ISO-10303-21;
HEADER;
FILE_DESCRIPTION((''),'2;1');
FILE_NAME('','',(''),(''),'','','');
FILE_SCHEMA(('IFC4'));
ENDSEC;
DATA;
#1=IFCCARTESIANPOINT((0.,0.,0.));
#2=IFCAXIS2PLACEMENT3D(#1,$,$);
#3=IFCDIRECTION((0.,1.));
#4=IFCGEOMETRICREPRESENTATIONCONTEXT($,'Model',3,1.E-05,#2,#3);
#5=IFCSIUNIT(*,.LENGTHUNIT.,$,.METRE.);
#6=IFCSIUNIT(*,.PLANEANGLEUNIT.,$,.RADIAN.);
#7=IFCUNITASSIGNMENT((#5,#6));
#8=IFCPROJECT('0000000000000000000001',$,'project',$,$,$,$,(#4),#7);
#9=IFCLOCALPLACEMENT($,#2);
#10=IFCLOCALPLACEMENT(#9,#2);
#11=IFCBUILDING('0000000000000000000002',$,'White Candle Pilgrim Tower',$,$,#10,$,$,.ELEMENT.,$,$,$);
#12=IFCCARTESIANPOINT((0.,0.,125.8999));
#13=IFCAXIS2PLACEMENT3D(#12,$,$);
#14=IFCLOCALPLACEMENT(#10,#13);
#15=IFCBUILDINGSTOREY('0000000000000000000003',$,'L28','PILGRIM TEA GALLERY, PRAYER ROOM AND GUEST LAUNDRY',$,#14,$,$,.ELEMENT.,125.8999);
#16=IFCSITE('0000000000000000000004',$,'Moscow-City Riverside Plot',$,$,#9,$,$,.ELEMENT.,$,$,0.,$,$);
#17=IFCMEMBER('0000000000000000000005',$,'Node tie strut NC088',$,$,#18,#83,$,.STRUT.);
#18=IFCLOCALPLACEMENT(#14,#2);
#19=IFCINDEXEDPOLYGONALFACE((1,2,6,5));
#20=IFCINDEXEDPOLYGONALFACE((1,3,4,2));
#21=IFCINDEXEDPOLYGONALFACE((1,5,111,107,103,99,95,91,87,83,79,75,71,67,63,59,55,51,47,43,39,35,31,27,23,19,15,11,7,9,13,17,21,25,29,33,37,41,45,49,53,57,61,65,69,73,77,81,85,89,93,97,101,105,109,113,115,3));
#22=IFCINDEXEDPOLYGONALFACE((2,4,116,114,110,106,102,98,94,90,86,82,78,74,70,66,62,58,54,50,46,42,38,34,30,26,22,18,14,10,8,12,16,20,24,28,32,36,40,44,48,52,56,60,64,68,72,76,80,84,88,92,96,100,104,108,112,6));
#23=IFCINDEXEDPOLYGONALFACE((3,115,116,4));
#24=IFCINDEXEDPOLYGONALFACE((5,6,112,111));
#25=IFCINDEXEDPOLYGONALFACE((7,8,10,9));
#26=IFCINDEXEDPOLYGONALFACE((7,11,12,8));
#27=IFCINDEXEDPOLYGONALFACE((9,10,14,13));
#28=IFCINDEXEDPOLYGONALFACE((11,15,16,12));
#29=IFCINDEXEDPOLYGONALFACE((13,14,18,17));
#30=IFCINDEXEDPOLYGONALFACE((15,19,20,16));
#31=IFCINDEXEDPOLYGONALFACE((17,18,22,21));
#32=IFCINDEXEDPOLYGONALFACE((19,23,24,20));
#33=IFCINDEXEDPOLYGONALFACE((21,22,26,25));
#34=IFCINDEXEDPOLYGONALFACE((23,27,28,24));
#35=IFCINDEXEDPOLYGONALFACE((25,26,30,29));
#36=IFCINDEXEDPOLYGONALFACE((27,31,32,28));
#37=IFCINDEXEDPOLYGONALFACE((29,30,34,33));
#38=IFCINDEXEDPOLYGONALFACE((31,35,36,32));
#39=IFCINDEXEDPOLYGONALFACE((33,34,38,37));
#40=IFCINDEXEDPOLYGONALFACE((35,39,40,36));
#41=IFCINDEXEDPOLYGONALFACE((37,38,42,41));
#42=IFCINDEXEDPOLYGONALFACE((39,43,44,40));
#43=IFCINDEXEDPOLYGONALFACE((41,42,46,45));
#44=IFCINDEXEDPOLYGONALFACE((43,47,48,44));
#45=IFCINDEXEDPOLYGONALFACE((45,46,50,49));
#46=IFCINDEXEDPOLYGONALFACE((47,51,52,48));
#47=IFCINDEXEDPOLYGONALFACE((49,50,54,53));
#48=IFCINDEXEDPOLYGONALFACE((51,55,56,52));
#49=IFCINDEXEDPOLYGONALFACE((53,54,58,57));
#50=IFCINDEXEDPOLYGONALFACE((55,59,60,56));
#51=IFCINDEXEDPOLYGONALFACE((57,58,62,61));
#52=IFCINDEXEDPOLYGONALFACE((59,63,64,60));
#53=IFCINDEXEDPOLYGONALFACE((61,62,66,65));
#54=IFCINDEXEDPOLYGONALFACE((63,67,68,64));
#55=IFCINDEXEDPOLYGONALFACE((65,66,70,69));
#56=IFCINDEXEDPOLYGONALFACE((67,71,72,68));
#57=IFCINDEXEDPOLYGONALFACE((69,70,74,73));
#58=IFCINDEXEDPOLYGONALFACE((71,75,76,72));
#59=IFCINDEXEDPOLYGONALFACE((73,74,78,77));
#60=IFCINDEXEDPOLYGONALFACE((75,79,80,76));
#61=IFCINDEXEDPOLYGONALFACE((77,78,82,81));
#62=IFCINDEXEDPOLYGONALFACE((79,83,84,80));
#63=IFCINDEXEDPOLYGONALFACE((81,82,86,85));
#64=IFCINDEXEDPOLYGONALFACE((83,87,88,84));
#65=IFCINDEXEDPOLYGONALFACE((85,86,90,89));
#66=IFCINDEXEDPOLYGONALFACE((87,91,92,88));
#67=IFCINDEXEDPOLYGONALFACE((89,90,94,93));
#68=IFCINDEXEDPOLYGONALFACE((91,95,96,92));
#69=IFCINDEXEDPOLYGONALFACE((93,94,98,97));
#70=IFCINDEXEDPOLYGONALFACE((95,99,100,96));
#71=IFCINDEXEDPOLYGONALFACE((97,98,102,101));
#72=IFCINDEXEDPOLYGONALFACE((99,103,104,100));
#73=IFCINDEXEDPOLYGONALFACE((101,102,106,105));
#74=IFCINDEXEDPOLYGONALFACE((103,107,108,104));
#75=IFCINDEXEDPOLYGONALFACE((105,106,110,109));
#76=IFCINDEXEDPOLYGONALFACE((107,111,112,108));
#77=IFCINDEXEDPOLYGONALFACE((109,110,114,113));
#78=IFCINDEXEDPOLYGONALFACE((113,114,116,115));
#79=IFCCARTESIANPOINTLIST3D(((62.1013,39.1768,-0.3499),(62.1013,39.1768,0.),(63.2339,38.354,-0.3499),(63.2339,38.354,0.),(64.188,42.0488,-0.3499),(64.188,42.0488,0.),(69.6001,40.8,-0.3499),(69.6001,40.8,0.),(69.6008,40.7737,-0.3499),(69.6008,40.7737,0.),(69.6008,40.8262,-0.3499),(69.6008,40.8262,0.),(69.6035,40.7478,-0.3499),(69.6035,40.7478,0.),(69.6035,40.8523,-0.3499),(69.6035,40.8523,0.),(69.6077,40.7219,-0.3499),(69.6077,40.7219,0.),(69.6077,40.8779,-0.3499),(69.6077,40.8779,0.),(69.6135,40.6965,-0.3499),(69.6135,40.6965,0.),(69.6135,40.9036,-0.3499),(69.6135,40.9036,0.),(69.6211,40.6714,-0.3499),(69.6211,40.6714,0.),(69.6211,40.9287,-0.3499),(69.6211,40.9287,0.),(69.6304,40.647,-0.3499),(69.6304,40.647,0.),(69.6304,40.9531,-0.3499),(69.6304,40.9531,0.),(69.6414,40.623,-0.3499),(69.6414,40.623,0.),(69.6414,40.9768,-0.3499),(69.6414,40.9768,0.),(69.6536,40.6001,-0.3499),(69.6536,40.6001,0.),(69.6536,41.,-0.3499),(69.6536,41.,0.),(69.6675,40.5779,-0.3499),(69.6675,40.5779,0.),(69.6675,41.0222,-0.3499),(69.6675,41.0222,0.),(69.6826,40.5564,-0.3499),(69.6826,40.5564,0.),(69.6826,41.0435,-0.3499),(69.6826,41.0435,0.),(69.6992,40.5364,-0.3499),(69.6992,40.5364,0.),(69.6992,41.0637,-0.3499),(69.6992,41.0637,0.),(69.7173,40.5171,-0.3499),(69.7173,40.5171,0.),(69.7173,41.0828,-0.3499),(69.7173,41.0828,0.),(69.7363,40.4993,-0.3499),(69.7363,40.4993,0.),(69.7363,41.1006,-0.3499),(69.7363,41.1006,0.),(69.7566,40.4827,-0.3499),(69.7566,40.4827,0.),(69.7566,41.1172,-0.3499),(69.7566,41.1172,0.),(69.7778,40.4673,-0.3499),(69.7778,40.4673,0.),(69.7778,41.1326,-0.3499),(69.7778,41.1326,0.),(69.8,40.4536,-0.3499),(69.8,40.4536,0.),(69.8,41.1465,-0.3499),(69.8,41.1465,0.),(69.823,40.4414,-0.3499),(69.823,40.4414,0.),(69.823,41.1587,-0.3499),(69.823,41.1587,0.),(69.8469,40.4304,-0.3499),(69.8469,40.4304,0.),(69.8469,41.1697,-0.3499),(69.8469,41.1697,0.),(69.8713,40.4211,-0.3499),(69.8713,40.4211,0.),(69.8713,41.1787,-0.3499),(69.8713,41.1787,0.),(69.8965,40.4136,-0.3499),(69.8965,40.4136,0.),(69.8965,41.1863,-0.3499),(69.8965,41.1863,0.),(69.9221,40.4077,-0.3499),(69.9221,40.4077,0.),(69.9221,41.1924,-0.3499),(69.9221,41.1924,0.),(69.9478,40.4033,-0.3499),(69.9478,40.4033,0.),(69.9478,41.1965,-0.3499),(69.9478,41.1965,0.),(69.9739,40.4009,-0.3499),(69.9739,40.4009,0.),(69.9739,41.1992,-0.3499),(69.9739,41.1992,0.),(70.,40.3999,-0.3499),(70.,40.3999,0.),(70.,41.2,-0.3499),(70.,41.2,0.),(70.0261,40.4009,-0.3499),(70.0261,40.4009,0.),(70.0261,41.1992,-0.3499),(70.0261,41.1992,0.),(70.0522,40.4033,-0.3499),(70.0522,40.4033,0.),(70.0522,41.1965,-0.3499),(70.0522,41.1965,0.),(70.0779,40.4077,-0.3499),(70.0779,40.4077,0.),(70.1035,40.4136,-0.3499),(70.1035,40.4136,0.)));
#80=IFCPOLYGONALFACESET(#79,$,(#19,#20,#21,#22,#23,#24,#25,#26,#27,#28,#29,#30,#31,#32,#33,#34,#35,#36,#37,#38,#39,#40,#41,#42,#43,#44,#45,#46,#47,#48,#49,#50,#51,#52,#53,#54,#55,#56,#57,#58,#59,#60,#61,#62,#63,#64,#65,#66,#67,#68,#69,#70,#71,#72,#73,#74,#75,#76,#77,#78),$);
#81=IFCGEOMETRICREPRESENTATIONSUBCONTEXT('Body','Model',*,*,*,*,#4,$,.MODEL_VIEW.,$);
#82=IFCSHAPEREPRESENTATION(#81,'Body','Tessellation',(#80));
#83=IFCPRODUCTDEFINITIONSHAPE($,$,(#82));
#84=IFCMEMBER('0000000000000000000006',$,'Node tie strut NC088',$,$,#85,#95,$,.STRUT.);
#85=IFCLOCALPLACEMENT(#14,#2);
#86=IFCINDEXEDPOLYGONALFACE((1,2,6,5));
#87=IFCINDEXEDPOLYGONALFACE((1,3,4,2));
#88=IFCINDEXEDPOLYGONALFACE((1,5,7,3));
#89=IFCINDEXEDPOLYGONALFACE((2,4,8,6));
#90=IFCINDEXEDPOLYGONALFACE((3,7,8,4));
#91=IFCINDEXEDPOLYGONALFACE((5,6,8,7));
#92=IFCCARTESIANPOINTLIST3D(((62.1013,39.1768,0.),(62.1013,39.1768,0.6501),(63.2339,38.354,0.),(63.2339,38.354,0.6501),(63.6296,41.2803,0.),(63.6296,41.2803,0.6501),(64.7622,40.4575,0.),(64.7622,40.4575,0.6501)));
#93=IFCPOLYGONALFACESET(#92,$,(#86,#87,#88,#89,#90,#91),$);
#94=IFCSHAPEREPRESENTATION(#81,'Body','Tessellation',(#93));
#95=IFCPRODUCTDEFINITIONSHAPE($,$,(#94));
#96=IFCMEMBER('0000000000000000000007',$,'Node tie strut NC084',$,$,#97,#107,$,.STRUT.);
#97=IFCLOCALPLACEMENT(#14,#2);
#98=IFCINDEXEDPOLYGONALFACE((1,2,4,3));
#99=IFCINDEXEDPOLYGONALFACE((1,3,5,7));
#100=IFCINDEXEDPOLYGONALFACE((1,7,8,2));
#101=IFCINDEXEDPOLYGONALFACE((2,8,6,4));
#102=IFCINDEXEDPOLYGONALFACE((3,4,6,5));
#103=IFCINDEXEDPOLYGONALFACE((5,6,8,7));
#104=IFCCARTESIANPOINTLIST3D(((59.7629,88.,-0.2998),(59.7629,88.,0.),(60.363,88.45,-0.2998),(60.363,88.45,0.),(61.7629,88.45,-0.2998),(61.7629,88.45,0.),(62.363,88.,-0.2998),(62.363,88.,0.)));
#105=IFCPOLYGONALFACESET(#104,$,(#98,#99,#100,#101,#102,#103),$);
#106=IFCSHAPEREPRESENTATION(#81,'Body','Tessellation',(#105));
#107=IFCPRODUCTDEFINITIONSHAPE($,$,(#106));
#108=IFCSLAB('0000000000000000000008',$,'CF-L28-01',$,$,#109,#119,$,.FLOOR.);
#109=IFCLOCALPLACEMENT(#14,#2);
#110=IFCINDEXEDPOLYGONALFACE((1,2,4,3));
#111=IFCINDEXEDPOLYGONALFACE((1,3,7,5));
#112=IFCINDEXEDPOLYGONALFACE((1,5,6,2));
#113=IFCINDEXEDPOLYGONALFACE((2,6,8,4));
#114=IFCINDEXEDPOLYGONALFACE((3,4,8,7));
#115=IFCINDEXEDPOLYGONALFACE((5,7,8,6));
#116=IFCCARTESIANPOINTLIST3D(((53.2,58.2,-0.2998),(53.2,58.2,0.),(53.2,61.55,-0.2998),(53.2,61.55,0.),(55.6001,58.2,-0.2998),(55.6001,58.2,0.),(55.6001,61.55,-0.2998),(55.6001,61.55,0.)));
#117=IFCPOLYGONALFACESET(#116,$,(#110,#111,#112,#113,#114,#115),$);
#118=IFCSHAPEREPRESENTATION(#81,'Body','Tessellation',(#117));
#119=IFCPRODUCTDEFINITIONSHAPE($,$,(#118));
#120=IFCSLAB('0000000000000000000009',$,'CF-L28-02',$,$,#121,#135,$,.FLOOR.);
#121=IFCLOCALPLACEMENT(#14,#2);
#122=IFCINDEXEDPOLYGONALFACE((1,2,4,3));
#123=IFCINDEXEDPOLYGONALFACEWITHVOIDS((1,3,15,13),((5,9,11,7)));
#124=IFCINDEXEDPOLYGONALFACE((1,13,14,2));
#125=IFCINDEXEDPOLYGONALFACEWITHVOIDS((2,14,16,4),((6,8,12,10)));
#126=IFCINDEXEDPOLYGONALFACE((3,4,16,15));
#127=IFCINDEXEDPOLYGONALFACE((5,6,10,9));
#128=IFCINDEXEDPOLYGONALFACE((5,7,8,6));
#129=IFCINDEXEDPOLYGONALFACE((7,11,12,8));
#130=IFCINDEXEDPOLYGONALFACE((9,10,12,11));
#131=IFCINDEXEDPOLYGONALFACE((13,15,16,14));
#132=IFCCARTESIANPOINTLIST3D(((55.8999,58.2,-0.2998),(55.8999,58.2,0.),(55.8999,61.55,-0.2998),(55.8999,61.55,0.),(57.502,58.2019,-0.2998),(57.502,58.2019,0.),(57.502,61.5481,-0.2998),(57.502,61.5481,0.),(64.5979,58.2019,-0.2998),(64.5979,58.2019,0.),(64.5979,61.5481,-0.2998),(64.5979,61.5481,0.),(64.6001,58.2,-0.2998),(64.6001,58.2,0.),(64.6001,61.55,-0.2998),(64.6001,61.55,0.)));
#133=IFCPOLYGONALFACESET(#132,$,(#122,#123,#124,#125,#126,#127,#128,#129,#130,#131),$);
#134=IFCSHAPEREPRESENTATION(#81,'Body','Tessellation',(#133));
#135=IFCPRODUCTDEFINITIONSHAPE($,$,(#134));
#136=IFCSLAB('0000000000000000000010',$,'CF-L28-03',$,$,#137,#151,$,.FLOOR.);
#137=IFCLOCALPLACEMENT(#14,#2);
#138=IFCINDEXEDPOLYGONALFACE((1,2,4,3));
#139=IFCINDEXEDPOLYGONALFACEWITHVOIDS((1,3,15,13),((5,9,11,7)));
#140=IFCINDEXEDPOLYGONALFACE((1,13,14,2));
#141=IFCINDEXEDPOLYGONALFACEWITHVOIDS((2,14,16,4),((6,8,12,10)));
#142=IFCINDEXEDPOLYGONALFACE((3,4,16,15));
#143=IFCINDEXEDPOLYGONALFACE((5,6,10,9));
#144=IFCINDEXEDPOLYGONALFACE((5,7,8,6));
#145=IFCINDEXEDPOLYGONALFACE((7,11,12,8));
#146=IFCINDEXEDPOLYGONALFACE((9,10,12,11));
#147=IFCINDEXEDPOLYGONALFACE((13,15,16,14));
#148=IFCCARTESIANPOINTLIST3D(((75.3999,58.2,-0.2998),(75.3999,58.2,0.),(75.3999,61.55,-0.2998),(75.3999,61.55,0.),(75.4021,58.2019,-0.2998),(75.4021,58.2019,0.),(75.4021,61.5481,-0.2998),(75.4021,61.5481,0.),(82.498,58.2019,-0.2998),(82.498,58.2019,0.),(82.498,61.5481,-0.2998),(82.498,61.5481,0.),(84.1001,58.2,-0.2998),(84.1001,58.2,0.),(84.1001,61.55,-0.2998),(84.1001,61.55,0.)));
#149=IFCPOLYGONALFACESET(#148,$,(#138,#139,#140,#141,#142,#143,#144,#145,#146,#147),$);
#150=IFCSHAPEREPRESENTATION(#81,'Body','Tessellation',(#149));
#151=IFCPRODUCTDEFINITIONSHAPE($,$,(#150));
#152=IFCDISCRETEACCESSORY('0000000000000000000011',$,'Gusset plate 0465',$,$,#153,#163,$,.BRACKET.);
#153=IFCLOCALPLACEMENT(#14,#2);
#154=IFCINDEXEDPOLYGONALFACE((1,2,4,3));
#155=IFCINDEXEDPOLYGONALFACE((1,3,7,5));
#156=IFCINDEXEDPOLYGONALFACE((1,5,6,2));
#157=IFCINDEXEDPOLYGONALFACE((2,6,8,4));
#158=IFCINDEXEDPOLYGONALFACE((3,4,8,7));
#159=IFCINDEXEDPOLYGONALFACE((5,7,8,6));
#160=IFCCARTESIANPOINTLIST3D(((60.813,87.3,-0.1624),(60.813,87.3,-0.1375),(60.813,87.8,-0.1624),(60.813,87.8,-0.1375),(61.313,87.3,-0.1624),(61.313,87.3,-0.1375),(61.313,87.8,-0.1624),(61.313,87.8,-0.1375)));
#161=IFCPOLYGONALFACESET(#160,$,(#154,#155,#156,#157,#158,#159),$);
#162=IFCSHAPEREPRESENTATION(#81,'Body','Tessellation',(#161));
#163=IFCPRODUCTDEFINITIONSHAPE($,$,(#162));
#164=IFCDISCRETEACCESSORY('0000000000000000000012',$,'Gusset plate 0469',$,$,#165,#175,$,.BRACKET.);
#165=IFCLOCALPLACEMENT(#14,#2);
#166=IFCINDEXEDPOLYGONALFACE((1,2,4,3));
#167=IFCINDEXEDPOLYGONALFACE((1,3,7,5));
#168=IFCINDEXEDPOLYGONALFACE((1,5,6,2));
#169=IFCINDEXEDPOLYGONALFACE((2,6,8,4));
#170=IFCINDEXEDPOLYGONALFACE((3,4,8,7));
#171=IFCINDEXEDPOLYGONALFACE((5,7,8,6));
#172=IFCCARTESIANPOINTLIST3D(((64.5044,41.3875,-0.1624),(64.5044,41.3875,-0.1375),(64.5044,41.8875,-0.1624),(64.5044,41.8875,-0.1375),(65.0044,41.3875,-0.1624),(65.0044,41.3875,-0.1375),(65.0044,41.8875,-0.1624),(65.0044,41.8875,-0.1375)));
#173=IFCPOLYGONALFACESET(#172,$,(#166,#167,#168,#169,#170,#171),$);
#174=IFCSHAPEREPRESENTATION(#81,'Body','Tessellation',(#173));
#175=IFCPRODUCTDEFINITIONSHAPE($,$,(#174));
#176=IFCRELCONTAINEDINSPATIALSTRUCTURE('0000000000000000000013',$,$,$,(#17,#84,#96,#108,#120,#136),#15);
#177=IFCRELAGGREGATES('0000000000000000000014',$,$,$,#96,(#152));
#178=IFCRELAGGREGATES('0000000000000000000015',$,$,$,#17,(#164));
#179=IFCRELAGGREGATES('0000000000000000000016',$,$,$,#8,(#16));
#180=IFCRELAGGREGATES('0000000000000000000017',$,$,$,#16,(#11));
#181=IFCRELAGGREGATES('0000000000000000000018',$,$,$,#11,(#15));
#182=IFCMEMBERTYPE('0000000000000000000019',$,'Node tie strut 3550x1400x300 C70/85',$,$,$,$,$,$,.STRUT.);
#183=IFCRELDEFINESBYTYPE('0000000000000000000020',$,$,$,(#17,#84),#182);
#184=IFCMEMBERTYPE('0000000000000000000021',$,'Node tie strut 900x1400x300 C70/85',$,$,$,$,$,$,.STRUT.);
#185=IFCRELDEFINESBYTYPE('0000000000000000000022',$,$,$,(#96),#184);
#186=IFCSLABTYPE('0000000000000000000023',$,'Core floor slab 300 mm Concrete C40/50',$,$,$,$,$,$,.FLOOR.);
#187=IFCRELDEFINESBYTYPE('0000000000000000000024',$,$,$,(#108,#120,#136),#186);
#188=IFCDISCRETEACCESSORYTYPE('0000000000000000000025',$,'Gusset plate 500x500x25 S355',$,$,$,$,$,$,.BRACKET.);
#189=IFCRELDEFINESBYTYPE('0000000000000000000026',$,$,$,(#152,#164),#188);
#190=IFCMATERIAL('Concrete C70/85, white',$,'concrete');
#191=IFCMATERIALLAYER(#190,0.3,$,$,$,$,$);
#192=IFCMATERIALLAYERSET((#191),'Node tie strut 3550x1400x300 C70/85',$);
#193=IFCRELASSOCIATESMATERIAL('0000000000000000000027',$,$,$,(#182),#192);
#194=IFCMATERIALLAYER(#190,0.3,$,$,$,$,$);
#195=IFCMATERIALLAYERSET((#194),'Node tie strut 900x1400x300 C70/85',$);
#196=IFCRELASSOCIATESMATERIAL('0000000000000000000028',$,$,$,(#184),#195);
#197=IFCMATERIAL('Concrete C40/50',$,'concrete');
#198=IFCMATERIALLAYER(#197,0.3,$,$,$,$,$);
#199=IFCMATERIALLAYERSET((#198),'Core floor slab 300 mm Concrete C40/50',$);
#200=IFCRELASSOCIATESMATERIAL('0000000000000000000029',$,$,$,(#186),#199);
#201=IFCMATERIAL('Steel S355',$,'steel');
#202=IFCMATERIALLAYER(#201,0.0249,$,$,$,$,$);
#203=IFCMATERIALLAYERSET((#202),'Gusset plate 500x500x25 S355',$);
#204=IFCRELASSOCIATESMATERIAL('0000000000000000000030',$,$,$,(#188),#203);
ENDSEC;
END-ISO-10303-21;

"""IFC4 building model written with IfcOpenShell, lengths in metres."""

from ifc_helpers import new_model, si_unit, direction, frame, origin, origin_2d, place, context, subcontext, project, spatial, polyline, rectangle, outline, extrude, material, layer, layer_set, type_object, element, aggregate, save


model = new_model("IFC4")

# Units and contexts
model_context = context("Model", 3, precision=1e-05, world=origin(), true_north=direction((0.0, 1.0)))
body_context = subcontext(model_context, "Body", "Model", "MODEL_VIEW")
ifc_project = project(units=[si_unit("LENGTHUNIT", "METRE"), si_unit("PLANEANGLEUNIT", "RADIAN")], contexts=[model_context])

# Site, building, storey
site_placement = place(None, origin())
site = spatial("IfcSite", under=ifc_project, at=site_placement, Name="Moscow-City Riverside Plot", CompositionType="ELEMENT", RefElevation=0.0)
building_placement = place(site_placement, origin())
building = spatial("IfcBuilding", under=site, at=building_placement, Name="White Candle Pilgrim Tower", CompositionType="ELEMENT")
storey_placement = place(building_placement, frame((0.0, 0.0, 125.8999)))
storey = spatial("IfcBuildingStorey", under=building, at=storey_placement, Name="L28", Description="PILGRIM TEA GALLERY, PRAYER ROOM AND GUEST LAUNDRY", CompositionType="ELEMENT", Elevation=125.8999)

# Members
ifc_material_1 = material(Name="Concrete C70/85, white", Category="concrete")
ifc_layer_1 = layer(ifc_material_1, 0.3)
ifc_layer_set_1 = layer_set([ifc_layer_1], Name="Node tie strut 3550x1400x300 C70/85")
member_type_1 = type_object("IfcMemberType", Name="Node tie strut 3550x1400x300 C70/85", PredefinedType="STRUT", material=ifc_layer_set_1)
member_1_placement = place(storey_placement, frame((0.0, 0.0, -0.3499)))
member_1 = element("IfcMember", 1, at=member_1_placement, inside=storey, type_object=member_type_1, Name="Node tie strut NC088", PredefinedType="STRUT", context=body_context, shape_type="SweptSolid", body=[
    extrude(outline(polyline([(63.2339, 38.354), (70.1035, 40.4136), (70.0779, 40.4077), (70.0522, 40.4033), (70.0261, 40.4009), (70.0, 40.3999), (69.9739, 40.4009), (69.9478, 40.4033), (69.9221, 40.4077), (69.8965, 40.4136), (69.8713, 40.4211), (69.8469, 40.4304), (69.823, 40.4414), (69.8, 40.4536), (69.7778, 40.4673), (69.7566, 40.4827), (69.7363, 40.4993), (69.7173, 40.5171), (69.6992, 40.5364), (69.6826, 40.5564), (69.6675, 40.5779), (69.6536, 40.6001), (69.6414, 40.623), (69.6304, 40.647), (69.6211, 40.6714), (69.6135, 40.6965), (69.6077, 40.7219), (69.6035, 40.7478), (69.6008, 40.7737), (69.6001, 40.8), (69.6008, 40.8262), (69.6035, 40.8523), (69.6077, 40.8779), (69.6135, 40.9036), (69.6211, 40.9287), (69.6304, 40.9531), (69.6414, 40.9768), (69.6536, 41.0), (69.6675, 41.0222), (69.6826, 41.0435), (69.6992, 41.0637), (69.7173, 41.0828), (69.7363, 41.1006), (69.7566, 41.1172), (69.7778, 41.1326), (69.8, 41.1465), (69.823, 41.1587), (69.8469, 41.1697), (69.8713, 41.1787), (69.8965, 41.1863), (69.9221, 41.1924), (69.9478, 41.1965), (69.9739, 41.1992), (70.0, 41.2), (70.0261, 41.1992), (70.0522, 41.1965), (64.188, 42.0488), (62.1013, 39.1768), (63.2339, 38.354)])), origin(), (0.0, 0.0, 1.0), 0.3499),
])
member_2_placement = place(storey_placement, origin())
element("IfcMember", 2, at=member_2_placement, inside=storey, type_object=member_type_1, Name="Node tie strut NC088", PredefinedType="STRUT", context=body_context, shape_type="SweptSolid", body=[
    extrude(outline(polyline([(63.2339, 38.354), (64.7622, 40.4575), (63.6296, 41.2803), (62.1013, 39.1768), (63.2339, 38.354)])), origin(), (0.0, 0.0, 1.0), 0.6501),
])
ifc_layer_2 = layer(ifc_material_1, 0.3)
ifc_layer_set_2 = layer_set([ifc_layer_2], Name="Node tie strut 900x1400x300 C70/85")
member_type_2 = type_object("IfcMemberType", Name="Node tie strut 900x1400x300 C70/85", PredefinedType="STRUT", material=ifc_layer_set_2)
member_3_placement = place(storey_placement, frame((0.0, 0.0, -0.2998)))
member_3 = element("IfcMember", 3, at=member_3_placement, inside=storey, type_object=member_type_2, Name="Node tie strut NC084", PredefinedType="STRUT", context=body_context, shape_type="SweptSolid", body=[
    extrude(outline(polyline([(59.7629, 88.0), (62.363, 88.0), (61.7629, 88.45), (60.363, 88.45), (59.7629, 88.0)])), origin(), (0.0, 0.0, 1.0), 0.2998),
])

# Slabs
ifc_material_2 = material(Name="Concrete C40/50", Category="concrete")
ifc_layer_3 = layer(ifc_material_2, 0.3)
ifc_layer_set_3 = layer_set([ifc_layer_3], Name="Core floor slab 300 mm Concrete C40/50")
slab_type_1 = type_object("IfcSlabType", Name="Core floor slab 300 mm Concrete C40/50", PredefinedType="FLOOR", material=ifc_layer_set_3)
slab_1_placement = place(storey_placement, frame((0.0, 0.0, -0.2998)))
element("IfcSlab", 4, at=slab_1_placement, inside=storey, type_object=slab_type_1, Name="CF-L28-01", PredefinedType="FLOOR", context=body_context, shape_type="SweptSolid", body=[
    extrude(outline(polyline([(55.6001, 58.2), (53.2, 58.2), (53.2, 61.55), (55.6001, 61.55), (55.6001, 58.2)])), origin(), (0.0, 0.0, 1.0), 0.2998),
])
slab_2_placement = place(storey_placement, frame((0.0, 0.0, -0.2998)))
element("IfcSlab", 5, at=slab_2_placement, inside=storey, type_object=slab_type_1, Name="CF-L28-02", PredefinedType="FLOOR", context=body_context, shape_type="SweptSolid", body=[
    extrude(outline(polyline([(55.8999, 58.2), (55.8999, 61.55), (64.6001, 61.55), (64.6001, 58.2), (55.8999, 58.2)]), holes=[polyline([(57.502, 61.5481), (57.502, 58.2019), (64.5979, 58.2019), (64.5979, 61.5481), (57.502, 61.5481)])]), origin(), (0.0, 0.0, 1.0), 0.2998),
])
slab_3_placement = place(storey_placement, frame((0.0, 0.0, -0.2998)))
element("IfcSlab", 6, at=slab_3_placement, inside=storey, type_object=slab_type_1, Name="CF-L28-03", PredefinedType="FLOOR", context=body_context, shape_type="SweptSolid", body=[
    extrude(outline(polyline([(75.3999, 58.2), (75.3999, 61.55), (84.1001, 61.55), (84.1001, 58.2), (75.3999, 58.2)]), holes=[polyline([(82.498, 58.2019), (82.498, 61.5481), (75.4021, 61.5481), (75.4021, 58.2019), (82.498, 58.2019)])]), origin(), (0.0, 0.0, 1.0), 0.2998),
])

# Discrete accessories
ifc_material_3 = material(Name="Steel S355", Category="steel")
ifc_layer_4 = layer(ifc_material_3, 0.0249)
ifc_layer_set_4 = layer_set([ifc_layer_4], Name="Gusset plate 500x500x25 S355")
discrete_accessory_type = type_object("IfcDiscreteAccessoryType", Name="Gusset plate 500x500x25 S355", PredefinedType="BRACKET", material=ifc_layer_set_4)
discrete_accessory_1_placement = place(storey_placement, frame((61.063, 87.55, -0.1624), z_axis=(0.0, 0.0, 1.0), x_axis=(1.0, 0.0, 0.0)))
discrete_accessory_1 = element("IfcDiscreteAccessory", 7, at=discrete_accessory_1_placement, type_object=discrete_accessory_type, Name="Gusset plate 0465", PredefinedType="BRACKET", context=body_context, shape_type="SweptSolid", body=[
    extrude(rectangle(XDim=0.5, YDim=0.5, at=origin_2d()), origin(), (0.0, 0.0, 1.0), 0.0249),
])
aggregate(member_3, [discrete_accessory_1])
discrete_accessory_2_placement = place(storey_placement, frame((64.7544, 41.6375, -0.1624), z_axis=(0.0, 0.0, 1.0), x_axis=(1.0, 0.0, 0.0)))
discrete_accessory_2 = element("IfcDiscreteAccessory", 8, at=discrete_accessory_2_placement, type_object=discrete_accessory_type, Name="Gusset plate 0469", PredefinedType="BRACKET", context=body_context, shape_type="SweptSolid", body=[
    extrude(rectangle(XDim=0.5, YDim=0.5, at=origin_2d()), origin(), (0.0, 0.0, 1.0), 0.0249),
])
aggregate(member_1, [discrete_accessory_2])

save(model, "model.ifc")
